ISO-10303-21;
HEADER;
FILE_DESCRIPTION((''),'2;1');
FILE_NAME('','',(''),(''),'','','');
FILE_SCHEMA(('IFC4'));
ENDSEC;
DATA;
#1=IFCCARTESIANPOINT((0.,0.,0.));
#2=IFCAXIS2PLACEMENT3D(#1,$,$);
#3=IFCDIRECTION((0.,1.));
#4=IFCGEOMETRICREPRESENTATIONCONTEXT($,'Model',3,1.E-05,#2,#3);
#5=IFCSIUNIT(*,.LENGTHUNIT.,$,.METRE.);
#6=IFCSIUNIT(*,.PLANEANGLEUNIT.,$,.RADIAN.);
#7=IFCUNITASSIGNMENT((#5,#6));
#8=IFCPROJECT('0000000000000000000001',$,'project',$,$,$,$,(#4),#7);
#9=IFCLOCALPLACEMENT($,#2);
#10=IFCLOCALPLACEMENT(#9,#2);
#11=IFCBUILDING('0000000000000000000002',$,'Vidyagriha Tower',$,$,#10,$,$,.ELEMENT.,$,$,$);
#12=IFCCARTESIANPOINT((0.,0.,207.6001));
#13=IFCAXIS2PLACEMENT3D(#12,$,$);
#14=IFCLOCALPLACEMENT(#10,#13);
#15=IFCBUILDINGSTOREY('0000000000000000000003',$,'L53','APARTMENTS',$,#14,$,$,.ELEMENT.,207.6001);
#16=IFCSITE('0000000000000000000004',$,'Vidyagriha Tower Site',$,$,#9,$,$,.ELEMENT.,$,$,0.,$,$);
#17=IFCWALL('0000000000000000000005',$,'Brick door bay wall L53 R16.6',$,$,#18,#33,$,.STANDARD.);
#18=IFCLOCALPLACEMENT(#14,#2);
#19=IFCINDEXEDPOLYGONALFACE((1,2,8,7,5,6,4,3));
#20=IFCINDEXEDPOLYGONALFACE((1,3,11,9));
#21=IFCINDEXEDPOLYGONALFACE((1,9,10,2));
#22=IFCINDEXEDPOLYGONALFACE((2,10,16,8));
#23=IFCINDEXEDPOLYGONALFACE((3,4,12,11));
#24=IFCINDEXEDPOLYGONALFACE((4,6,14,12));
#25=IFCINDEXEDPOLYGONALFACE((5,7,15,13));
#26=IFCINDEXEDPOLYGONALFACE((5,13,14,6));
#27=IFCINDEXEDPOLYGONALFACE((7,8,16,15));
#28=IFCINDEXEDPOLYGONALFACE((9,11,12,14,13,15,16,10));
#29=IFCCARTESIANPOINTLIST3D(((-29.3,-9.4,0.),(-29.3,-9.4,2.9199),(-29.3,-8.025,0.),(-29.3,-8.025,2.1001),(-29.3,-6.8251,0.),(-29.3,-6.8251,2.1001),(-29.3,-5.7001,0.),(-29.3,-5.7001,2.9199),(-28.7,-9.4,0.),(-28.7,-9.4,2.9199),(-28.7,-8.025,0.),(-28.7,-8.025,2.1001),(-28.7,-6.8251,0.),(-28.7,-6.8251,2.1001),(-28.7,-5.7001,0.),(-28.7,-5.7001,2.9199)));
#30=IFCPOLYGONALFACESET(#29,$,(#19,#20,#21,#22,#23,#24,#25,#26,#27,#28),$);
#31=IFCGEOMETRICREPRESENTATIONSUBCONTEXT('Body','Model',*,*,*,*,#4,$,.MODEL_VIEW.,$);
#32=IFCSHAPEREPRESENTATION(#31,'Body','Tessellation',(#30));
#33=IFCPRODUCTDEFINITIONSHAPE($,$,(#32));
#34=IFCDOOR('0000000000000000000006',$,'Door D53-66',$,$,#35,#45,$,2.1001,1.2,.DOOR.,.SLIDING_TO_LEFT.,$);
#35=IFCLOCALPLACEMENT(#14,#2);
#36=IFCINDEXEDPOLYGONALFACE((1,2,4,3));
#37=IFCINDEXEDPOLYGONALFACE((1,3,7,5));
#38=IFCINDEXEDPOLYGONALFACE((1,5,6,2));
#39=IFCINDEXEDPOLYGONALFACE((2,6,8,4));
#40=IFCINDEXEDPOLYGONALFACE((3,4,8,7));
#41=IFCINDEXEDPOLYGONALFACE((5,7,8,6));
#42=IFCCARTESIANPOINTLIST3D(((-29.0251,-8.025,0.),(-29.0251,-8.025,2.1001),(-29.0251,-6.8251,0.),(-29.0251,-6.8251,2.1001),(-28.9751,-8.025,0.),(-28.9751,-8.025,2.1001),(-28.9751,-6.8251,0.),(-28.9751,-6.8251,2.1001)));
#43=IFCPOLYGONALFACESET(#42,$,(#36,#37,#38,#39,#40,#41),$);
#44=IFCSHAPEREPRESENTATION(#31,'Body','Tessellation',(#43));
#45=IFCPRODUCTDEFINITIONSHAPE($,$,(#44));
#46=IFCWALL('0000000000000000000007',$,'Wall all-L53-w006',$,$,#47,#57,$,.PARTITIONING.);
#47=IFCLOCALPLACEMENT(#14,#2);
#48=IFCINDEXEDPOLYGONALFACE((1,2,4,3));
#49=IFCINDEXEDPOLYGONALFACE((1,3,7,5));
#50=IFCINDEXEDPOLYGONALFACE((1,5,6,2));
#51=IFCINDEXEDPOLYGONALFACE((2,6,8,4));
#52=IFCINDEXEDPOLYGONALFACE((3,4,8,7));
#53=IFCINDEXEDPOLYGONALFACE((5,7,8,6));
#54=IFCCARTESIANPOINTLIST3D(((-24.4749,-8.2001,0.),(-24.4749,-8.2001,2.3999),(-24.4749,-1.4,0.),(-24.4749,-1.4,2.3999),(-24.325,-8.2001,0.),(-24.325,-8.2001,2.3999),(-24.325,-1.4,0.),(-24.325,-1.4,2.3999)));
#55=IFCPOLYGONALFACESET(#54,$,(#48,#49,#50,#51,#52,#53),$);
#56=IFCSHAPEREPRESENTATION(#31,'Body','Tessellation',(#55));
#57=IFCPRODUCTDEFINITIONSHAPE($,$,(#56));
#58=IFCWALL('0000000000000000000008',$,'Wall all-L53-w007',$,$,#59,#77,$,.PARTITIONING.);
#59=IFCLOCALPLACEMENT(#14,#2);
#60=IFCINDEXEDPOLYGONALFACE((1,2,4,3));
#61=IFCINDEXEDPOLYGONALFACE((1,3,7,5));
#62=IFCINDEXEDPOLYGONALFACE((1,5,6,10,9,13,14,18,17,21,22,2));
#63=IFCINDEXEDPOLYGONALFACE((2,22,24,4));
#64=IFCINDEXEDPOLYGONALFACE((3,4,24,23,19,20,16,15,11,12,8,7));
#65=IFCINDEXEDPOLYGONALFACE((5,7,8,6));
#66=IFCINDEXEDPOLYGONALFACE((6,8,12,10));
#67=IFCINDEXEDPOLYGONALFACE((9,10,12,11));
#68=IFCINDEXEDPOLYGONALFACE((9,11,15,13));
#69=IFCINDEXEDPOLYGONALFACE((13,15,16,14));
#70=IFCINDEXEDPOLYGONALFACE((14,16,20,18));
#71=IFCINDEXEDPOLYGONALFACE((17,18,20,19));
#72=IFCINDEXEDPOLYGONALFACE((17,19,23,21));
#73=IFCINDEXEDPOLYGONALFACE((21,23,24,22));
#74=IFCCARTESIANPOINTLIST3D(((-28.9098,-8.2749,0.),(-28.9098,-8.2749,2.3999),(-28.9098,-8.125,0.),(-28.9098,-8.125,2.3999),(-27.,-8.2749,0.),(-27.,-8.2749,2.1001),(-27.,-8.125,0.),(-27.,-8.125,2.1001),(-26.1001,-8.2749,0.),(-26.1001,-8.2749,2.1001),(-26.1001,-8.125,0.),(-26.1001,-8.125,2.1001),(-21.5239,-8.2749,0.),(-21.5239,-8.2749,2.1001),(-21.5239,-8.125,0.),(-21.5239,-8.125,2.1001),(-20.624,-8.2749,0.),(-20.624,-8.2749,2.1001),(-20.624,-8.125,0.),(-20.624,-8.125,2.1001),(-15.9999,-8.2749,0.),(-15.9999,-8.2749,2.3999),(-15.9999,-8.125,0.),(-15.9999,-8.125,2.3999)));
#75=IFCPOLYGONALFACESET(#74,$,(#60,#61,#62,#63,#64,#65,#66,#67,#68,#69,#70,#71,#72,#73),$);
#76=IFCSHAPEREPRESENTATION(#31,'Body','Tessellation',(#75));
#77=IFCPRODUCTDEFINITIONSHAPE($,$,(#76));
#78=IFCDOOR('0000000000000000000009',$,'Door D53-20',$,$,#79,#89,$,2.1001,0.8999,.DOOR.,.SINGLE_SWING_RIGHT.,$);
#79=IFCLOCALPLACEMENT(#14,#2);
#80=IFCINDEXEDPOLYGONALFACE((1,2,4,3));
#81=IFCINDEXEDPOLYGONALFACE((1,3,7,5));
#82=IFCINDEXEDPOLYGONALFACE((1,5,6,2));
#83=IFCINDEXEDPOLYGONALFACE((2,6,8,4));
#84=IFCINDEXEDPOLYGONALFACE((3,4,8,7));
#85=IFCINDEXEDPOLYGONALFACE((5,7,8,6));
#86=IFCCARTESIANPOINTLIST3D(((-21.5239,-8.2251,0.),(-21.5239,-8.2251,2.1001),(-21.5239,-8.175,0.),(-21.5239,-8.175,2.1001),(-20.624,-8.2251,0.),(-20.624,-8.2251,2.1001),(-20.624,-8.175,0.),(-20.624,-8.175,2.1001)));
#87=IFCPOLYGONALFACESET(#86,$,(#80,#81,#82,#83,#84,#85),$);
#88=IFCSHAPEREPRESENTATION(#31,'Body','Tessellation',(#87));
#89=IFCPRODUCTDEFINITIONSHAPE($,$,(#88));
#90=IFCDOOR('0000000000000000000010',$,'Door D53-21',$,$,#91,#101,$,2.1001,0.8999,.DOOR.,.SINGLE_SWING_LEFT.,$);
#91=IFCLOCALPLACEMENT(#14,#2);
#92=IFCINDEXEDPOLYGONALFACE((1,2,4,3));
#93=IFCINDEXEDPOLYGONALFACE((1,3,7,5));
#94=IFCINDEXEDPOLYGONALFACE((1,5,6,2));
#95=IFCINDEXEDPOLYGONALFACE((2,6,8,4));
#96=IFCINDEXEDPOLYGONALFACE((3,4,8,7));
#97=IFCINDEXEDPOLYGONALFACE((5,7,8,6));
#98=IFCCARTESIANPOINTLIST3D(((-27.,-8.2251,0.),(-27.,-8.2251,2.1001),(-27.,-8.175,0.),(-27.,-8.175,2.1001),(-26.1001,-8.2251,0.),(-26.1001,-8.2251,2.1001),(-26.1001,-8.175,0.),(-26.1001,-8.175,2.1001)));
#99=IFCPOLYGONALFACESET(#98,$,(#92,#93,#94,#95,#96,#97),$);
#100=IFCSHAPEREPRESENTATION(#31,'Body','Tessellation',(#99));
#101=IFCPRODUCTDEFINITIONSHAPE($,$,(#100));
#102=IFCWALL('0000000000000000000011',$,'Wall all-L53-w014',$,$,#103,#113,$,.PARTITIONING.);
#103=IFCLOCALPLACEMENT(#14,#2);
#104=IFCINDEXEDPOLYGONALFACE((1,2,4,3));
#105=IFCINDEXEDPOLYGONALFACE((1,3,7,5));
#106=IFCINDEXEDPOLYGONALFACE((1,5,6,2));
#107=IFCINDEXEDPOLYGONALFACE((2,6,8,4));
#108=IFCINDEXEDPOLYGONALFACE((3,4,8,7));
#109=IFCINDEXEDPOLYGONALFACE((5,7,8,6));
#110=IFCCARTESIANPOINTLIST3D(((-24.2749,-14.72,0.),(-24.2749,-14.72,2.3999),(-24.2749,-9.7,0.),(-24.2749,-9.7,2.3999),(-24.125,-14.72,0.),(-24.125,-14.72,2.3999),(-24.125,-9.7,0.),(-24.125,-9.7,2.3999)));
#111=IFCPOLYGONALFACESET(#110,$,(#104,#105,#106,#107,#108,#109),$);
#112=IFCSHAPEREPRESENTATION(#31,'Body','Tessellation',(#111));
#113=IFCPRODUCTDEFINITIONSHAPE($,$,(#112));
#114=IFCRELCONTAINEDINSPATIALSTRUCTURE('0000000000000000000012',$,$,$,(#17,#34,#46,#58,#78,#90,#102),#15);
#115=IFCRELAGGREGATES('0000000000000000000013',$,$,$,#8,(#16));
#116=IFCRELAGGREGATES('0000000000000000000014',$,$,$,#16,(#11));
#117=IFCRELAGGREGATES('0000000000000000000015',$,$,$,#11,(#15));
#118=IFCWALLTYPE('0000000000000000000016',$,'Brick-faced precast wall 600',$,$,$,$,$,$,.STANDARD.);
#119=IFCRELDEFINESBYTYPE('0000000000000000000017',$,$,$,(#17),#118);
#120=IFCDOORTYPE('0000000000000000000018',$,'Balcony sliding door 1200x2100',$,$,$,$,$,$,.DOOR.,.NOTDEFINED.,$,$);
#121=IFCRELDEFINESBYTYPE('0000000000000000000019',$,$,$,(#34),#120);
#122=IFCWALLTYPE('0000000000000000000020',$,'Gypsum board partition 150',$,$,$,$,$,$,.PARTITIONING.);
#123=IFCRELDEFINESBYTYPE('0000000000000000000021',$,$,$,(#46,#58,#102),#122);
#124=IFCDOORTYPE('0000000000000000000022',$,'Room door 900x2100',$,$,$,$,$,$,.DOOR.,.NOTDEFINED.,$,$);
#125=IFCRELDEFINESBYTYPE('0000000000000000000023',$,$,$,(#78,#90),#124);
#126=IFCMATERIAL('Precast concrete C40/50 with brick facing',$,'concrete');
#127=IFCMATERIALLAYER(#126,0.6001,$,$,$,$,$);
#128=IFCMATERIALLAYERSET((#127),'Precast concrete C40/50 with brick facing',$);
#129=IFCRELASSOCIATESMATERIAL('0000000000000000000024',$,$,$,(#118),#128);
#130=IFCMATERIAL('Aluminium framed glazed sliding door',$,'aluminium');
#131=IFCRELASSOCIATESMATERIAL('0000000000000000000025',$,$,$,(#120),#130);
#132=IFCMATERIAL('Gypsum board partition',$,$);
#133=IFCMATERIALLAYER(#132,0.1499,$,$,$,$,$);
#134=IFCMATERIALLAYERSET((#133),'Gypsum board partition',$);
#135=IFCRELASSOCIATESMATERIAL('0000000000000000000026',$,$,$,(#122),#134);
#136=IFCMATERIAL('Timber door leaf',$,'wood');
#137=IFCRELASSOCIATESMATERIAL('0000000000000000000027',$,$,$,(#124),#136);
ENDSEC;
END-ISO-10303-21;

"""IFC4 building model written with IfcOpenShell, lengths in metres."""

from ifc_helpers import new_model, si_unit, direction, frame, frame_2d, origin, place, context, subcontext, project, spatial, rectangle, extrude, material, layer, layer_set, type_object, element, fill, save


model = new_model("IFC4")

# Units and contexts
model_context = context("Model", 3, precision=1e-05, world=origin(), true_north=direction((0.0, 1.0)))
body_context = subcontext(model_context, "Body", "Model", "MODEL_VIEW")
ifc_project = project(units=[si_unit("LENGTHUNIT", "METRE"), si_unit("PLANEANGLEUNIT", "RADIAN")], contexts=[model_context])

# Site, building, storey
site_placement = place(None, origin())
site = spatial("IfcSite", under=ifc_project, at=site_placement, Name="Vidyagriha Tower Site", CompositionType="ELEMENT", RefElevation=0.0)
building_placement = place(site_placement, origin())
building = spatial("IfcBuilding", under=site, at=building_placement, Name="Vidyagriha Tower", CompositionType="ELEMENT")
storey_placement = place(building_placement, frame((0.0, 0.0, 207.6001)))
storey = spatial("IfcBuildingStorey", under=building, at=storey_placement, Name="L53", Description="APARTMENTS", CompositionType="ELEMENT", Elevation=207.6001)

# Wall, opening, door
ifc_material_1 = material(Name="Precast concrete C40/50 with brick facing", Category="concrete")
ifc_layer_1 = layer(ifc_material_1, 0.6001)
ifc_layer_set_1 = layer_set([ifc_layer_1], Name="Precast concrete C40/50 with brick facing")
wall_type_1 = type_object("IfcWallType", Name="Brick-faced precast wall 600", PredefinedType="STANDARD", material=ifc_layer_set_1)
wall_1_placement = place(storey_placement, frame((-29.0, -5.7, 0.0), z_axis=(0.0, 0.0, 1.0), x_axis=(0.0, -1.0, 0.0)))
wall_1 = element("IfcWall", 1, at=wall_1_placement, inside=storey, type_object=wall_type_1, Name="Brick door bay wall L53 R16.6", PredefinedType="STANDARD", context=body_context, shape_type="SweptSolid", body=[
    extrude(rectangle(XDim=3.7, YDim=0.6001, at=frame_2d((1.8501, 0.0))), origin(), (0.0, 0.0, 1.0), 2.9199),
])
opening_1_placement = place(wall_1_placement, frame((1.125, 0.0, 0.0)))
opening_1 = element("IfcOpeningElement", 2, at=opening_1_placement, cuts=wall_1, PredefinedType="OPENING", context=body_context, shape_type="SweptSolid", body=[
    extrude(rectangle(XDim=1.2, YDim=2.1001, at=frame_2d((0.6001, 1.05))), frame((0.0, 0.3101, 0.0), z_axis=(0.0, -1.0, 0.0), x_axis=(1.0, 0.0, 0.0)), (0.0, 0.0, 1.0), 0.6201),
])
ifc_material_2 = material(Name="Aluminium framed glazed sliding door", Category="aluminium")
door_type_1 = type_object("IfcDoorType", Name="Balcony sliding door 1200x2100", OperationType="NOTDEFINED", PredefinedType="DOOR", material=ifc_material_2)
door_1_placement = place(opening_1_placement, origin())
door_1 = element("IfcDoor", 3, at=door_1_placement, inside=storey, type_object=door_type_1, Name="Door D53-66", OperationType="SLIDING_TO_LEFT", OverallHeight=2.1001, OverallWidth=1.2, PredefinedType="DOOR", context=body_context, shape_type="SweptSolid", body=[
    extrude(rectangle(XDim=1.2, YDim=2.1001, at=frame_2d((0.6001, 1.05))), frame((0.0, 0.0249, 0.0), z_axis=(0.0, -1.0, 0.0), x_axis=(1.0, 0.0, 0.0)), (0.0, 0.0, 1.0), 0.05),
])
fill(opening_1, door_1)

# Wall
ifc_material_3 = material(Name="Gypsum board partition")
ifc_layer_2 = layer(ifc_material_3, 0.1499)
ifc_layer_set_2 = layer_set([ifc_layer_2], Name="Gypsum board partition")
wall_type_2 = type_object("IfcWallType", Name="Gypsum board partition 150", PredefinedType="PARTITIONING", material=ifc_layer_set_2)
wall_2_placement = place(storey_placement, frame((-24.3999, -8.2, 0.0), z_axis=(0.0, 0.0, 1.0), x_axis=(0.0, 1.0, 0.0)))
element("IfcWall", 4, at=wall_2_placement, inside=storey, type_object=wall_type_2, Name="Wall all-L53-w006", PredefinedType="PARTITIONING", context=body_context, shape_type="SweptSolid", body=[
    extrude(rectangle(XDim=6.8, YDim=0.1499, at=frame_2d((3.3999, 0.0))), origin(), (0.0, 0.0, 1.0), 2.3999),
])

# Wall, openings, doors
wall_3_placement = place(storey_placement, frame((-28.9099, -8.2, 0.0)))
wall_3 = element("IfcWall", 5, at=wall_3_placement, inside=storey, type_object=wall_type_2, Name="Wall all-L53-w007", PredefinedType="PARTITIONING", context=body_context, shape_type="SweptSolid", body=[
    extrude(rectangle(XDim=12.9099, YDim=0.1499, at=frame_2d((6.4551, 0.0))), origin(), (0.0, 0.0, 1.0), 2.3999),
])
opening_2_placement = place(wall_3_placement, frame((7.386, 0.0, 0.0)))
opening_2 = element("IfcOpeningElement", 6, at=opening_2_placement, cuts=wall_3, PredefinedType="OPENING", context=body_context, shape_type="SweptSolid", body=[
    extrude(rectangle(XDim=0.8999, YDim=2.1001, at=frame_2d((0.45, 1.05))), frame((0.0, 0.085, 0.0), z_axis=(0.0, -1.0, 0.0), x_axis=(1.0, 0.0, 0.0)), (0.0, 0.0, 1.0), 0.1699),
])
opening_3_placement = place(wall_3_placement, frame((1.9099, 0.0, 0.0)))
opening_3 = element("IfcOpeningElement", 7, at=opening_3_placement, cuts=wall_3, PredefinedType="OPENING", context=body_context, shape_type="SweptSolid", body=[
    extrude(rectangle(XDim=0.8999, YDim=2.1001, at=frame_2d((0.45, 1.05))), frame((0.0, 0.085, 0.0), z_axis=(0.0, -1.0, 0.0), x_axis=(1.0, 0.0, 0.0)), (0.0, 0.0, 1.0), 0.1699),
])
ifc_material_4 = material(Name="Timber door leaf", Category="wood")
door_type_2 = type_object("IfcDoorType", Name="Room door 900x2100", OperationType="NOTDEFINED", PredefinedType="DOOR", material=ifc_material_4)
door_2_placement = place(opening_2_placement, origin())
door_2 = element("IfcDoor", 8, at=door_2_placement, inside=storey, type_object=door_type_2, Name="Door D53-20", OperationType="SINGLE_SWING_RIGHT", OverallHeight=2.1001, OverallWidth=0.8999, PredefinedType="DOOR", context=body_context, shape_type="SweptSolid", body=[
    extrude(rectangle(XDim=0.8999, YDim=2.1001, at=frame_2d((0.45, 1.05))), frame((0.0, 0.0249, 0.0), z_axis=(0.0, -1.0, 0.0), x_axis=(1.0, 0.0, 0.0)), (0.0, 0.0, 1.0), 0.05),
])
fill(opening_2, door_2)
door_3_placement = place(opening_3_placement, origin())
door_3 = element("IfcDoor", 9, at=door_3_placement, inside=storey, type_object=door_type_2, Name="Door D53-21", OperationType="SINGLE_SWING_LEFT", OverallHeight=2.1001, OverallWidth=0.8999, PredefinedType="DOOR", context=body_context, shape_type="SweptSolid", body=[
    extrude(rectangle(XDim=0.8999, YDim=2.1001, at=frame_2d((0.45, 1.05))), frame((0.0, 0.0249, 0.0), z_axis=(0.0, -1.0, 0.0), x_axis=(1.0, 0.0, 0.0)), (0.0, 0.0, 1.0), 0.05),
])
fill(opening_3, door_3)

# Wall
wall_4_placement = place(storey_placement, frame((-24.2, -9.7, 0.0), z_axis=(0.0, 0.0, 1.0), x_axis=(0.0, -1.0, 0.0)))
element("IfcWall", 10, at=wall_4_placement, inside=storey, type_object=wall_type_2, Name="Wall all-L53-w014", PredefinedType="PARTITIONING", context=body_context, shape_type="SweptSolid", body=[
    extrude(rectangle(XDim=5.02, YDim=0.1499, at=frame_2d((2.51, 0.0))), origin(), (0.0, 0.0, 1.0), 2.3999),
])

save(model, "model.ifc")
